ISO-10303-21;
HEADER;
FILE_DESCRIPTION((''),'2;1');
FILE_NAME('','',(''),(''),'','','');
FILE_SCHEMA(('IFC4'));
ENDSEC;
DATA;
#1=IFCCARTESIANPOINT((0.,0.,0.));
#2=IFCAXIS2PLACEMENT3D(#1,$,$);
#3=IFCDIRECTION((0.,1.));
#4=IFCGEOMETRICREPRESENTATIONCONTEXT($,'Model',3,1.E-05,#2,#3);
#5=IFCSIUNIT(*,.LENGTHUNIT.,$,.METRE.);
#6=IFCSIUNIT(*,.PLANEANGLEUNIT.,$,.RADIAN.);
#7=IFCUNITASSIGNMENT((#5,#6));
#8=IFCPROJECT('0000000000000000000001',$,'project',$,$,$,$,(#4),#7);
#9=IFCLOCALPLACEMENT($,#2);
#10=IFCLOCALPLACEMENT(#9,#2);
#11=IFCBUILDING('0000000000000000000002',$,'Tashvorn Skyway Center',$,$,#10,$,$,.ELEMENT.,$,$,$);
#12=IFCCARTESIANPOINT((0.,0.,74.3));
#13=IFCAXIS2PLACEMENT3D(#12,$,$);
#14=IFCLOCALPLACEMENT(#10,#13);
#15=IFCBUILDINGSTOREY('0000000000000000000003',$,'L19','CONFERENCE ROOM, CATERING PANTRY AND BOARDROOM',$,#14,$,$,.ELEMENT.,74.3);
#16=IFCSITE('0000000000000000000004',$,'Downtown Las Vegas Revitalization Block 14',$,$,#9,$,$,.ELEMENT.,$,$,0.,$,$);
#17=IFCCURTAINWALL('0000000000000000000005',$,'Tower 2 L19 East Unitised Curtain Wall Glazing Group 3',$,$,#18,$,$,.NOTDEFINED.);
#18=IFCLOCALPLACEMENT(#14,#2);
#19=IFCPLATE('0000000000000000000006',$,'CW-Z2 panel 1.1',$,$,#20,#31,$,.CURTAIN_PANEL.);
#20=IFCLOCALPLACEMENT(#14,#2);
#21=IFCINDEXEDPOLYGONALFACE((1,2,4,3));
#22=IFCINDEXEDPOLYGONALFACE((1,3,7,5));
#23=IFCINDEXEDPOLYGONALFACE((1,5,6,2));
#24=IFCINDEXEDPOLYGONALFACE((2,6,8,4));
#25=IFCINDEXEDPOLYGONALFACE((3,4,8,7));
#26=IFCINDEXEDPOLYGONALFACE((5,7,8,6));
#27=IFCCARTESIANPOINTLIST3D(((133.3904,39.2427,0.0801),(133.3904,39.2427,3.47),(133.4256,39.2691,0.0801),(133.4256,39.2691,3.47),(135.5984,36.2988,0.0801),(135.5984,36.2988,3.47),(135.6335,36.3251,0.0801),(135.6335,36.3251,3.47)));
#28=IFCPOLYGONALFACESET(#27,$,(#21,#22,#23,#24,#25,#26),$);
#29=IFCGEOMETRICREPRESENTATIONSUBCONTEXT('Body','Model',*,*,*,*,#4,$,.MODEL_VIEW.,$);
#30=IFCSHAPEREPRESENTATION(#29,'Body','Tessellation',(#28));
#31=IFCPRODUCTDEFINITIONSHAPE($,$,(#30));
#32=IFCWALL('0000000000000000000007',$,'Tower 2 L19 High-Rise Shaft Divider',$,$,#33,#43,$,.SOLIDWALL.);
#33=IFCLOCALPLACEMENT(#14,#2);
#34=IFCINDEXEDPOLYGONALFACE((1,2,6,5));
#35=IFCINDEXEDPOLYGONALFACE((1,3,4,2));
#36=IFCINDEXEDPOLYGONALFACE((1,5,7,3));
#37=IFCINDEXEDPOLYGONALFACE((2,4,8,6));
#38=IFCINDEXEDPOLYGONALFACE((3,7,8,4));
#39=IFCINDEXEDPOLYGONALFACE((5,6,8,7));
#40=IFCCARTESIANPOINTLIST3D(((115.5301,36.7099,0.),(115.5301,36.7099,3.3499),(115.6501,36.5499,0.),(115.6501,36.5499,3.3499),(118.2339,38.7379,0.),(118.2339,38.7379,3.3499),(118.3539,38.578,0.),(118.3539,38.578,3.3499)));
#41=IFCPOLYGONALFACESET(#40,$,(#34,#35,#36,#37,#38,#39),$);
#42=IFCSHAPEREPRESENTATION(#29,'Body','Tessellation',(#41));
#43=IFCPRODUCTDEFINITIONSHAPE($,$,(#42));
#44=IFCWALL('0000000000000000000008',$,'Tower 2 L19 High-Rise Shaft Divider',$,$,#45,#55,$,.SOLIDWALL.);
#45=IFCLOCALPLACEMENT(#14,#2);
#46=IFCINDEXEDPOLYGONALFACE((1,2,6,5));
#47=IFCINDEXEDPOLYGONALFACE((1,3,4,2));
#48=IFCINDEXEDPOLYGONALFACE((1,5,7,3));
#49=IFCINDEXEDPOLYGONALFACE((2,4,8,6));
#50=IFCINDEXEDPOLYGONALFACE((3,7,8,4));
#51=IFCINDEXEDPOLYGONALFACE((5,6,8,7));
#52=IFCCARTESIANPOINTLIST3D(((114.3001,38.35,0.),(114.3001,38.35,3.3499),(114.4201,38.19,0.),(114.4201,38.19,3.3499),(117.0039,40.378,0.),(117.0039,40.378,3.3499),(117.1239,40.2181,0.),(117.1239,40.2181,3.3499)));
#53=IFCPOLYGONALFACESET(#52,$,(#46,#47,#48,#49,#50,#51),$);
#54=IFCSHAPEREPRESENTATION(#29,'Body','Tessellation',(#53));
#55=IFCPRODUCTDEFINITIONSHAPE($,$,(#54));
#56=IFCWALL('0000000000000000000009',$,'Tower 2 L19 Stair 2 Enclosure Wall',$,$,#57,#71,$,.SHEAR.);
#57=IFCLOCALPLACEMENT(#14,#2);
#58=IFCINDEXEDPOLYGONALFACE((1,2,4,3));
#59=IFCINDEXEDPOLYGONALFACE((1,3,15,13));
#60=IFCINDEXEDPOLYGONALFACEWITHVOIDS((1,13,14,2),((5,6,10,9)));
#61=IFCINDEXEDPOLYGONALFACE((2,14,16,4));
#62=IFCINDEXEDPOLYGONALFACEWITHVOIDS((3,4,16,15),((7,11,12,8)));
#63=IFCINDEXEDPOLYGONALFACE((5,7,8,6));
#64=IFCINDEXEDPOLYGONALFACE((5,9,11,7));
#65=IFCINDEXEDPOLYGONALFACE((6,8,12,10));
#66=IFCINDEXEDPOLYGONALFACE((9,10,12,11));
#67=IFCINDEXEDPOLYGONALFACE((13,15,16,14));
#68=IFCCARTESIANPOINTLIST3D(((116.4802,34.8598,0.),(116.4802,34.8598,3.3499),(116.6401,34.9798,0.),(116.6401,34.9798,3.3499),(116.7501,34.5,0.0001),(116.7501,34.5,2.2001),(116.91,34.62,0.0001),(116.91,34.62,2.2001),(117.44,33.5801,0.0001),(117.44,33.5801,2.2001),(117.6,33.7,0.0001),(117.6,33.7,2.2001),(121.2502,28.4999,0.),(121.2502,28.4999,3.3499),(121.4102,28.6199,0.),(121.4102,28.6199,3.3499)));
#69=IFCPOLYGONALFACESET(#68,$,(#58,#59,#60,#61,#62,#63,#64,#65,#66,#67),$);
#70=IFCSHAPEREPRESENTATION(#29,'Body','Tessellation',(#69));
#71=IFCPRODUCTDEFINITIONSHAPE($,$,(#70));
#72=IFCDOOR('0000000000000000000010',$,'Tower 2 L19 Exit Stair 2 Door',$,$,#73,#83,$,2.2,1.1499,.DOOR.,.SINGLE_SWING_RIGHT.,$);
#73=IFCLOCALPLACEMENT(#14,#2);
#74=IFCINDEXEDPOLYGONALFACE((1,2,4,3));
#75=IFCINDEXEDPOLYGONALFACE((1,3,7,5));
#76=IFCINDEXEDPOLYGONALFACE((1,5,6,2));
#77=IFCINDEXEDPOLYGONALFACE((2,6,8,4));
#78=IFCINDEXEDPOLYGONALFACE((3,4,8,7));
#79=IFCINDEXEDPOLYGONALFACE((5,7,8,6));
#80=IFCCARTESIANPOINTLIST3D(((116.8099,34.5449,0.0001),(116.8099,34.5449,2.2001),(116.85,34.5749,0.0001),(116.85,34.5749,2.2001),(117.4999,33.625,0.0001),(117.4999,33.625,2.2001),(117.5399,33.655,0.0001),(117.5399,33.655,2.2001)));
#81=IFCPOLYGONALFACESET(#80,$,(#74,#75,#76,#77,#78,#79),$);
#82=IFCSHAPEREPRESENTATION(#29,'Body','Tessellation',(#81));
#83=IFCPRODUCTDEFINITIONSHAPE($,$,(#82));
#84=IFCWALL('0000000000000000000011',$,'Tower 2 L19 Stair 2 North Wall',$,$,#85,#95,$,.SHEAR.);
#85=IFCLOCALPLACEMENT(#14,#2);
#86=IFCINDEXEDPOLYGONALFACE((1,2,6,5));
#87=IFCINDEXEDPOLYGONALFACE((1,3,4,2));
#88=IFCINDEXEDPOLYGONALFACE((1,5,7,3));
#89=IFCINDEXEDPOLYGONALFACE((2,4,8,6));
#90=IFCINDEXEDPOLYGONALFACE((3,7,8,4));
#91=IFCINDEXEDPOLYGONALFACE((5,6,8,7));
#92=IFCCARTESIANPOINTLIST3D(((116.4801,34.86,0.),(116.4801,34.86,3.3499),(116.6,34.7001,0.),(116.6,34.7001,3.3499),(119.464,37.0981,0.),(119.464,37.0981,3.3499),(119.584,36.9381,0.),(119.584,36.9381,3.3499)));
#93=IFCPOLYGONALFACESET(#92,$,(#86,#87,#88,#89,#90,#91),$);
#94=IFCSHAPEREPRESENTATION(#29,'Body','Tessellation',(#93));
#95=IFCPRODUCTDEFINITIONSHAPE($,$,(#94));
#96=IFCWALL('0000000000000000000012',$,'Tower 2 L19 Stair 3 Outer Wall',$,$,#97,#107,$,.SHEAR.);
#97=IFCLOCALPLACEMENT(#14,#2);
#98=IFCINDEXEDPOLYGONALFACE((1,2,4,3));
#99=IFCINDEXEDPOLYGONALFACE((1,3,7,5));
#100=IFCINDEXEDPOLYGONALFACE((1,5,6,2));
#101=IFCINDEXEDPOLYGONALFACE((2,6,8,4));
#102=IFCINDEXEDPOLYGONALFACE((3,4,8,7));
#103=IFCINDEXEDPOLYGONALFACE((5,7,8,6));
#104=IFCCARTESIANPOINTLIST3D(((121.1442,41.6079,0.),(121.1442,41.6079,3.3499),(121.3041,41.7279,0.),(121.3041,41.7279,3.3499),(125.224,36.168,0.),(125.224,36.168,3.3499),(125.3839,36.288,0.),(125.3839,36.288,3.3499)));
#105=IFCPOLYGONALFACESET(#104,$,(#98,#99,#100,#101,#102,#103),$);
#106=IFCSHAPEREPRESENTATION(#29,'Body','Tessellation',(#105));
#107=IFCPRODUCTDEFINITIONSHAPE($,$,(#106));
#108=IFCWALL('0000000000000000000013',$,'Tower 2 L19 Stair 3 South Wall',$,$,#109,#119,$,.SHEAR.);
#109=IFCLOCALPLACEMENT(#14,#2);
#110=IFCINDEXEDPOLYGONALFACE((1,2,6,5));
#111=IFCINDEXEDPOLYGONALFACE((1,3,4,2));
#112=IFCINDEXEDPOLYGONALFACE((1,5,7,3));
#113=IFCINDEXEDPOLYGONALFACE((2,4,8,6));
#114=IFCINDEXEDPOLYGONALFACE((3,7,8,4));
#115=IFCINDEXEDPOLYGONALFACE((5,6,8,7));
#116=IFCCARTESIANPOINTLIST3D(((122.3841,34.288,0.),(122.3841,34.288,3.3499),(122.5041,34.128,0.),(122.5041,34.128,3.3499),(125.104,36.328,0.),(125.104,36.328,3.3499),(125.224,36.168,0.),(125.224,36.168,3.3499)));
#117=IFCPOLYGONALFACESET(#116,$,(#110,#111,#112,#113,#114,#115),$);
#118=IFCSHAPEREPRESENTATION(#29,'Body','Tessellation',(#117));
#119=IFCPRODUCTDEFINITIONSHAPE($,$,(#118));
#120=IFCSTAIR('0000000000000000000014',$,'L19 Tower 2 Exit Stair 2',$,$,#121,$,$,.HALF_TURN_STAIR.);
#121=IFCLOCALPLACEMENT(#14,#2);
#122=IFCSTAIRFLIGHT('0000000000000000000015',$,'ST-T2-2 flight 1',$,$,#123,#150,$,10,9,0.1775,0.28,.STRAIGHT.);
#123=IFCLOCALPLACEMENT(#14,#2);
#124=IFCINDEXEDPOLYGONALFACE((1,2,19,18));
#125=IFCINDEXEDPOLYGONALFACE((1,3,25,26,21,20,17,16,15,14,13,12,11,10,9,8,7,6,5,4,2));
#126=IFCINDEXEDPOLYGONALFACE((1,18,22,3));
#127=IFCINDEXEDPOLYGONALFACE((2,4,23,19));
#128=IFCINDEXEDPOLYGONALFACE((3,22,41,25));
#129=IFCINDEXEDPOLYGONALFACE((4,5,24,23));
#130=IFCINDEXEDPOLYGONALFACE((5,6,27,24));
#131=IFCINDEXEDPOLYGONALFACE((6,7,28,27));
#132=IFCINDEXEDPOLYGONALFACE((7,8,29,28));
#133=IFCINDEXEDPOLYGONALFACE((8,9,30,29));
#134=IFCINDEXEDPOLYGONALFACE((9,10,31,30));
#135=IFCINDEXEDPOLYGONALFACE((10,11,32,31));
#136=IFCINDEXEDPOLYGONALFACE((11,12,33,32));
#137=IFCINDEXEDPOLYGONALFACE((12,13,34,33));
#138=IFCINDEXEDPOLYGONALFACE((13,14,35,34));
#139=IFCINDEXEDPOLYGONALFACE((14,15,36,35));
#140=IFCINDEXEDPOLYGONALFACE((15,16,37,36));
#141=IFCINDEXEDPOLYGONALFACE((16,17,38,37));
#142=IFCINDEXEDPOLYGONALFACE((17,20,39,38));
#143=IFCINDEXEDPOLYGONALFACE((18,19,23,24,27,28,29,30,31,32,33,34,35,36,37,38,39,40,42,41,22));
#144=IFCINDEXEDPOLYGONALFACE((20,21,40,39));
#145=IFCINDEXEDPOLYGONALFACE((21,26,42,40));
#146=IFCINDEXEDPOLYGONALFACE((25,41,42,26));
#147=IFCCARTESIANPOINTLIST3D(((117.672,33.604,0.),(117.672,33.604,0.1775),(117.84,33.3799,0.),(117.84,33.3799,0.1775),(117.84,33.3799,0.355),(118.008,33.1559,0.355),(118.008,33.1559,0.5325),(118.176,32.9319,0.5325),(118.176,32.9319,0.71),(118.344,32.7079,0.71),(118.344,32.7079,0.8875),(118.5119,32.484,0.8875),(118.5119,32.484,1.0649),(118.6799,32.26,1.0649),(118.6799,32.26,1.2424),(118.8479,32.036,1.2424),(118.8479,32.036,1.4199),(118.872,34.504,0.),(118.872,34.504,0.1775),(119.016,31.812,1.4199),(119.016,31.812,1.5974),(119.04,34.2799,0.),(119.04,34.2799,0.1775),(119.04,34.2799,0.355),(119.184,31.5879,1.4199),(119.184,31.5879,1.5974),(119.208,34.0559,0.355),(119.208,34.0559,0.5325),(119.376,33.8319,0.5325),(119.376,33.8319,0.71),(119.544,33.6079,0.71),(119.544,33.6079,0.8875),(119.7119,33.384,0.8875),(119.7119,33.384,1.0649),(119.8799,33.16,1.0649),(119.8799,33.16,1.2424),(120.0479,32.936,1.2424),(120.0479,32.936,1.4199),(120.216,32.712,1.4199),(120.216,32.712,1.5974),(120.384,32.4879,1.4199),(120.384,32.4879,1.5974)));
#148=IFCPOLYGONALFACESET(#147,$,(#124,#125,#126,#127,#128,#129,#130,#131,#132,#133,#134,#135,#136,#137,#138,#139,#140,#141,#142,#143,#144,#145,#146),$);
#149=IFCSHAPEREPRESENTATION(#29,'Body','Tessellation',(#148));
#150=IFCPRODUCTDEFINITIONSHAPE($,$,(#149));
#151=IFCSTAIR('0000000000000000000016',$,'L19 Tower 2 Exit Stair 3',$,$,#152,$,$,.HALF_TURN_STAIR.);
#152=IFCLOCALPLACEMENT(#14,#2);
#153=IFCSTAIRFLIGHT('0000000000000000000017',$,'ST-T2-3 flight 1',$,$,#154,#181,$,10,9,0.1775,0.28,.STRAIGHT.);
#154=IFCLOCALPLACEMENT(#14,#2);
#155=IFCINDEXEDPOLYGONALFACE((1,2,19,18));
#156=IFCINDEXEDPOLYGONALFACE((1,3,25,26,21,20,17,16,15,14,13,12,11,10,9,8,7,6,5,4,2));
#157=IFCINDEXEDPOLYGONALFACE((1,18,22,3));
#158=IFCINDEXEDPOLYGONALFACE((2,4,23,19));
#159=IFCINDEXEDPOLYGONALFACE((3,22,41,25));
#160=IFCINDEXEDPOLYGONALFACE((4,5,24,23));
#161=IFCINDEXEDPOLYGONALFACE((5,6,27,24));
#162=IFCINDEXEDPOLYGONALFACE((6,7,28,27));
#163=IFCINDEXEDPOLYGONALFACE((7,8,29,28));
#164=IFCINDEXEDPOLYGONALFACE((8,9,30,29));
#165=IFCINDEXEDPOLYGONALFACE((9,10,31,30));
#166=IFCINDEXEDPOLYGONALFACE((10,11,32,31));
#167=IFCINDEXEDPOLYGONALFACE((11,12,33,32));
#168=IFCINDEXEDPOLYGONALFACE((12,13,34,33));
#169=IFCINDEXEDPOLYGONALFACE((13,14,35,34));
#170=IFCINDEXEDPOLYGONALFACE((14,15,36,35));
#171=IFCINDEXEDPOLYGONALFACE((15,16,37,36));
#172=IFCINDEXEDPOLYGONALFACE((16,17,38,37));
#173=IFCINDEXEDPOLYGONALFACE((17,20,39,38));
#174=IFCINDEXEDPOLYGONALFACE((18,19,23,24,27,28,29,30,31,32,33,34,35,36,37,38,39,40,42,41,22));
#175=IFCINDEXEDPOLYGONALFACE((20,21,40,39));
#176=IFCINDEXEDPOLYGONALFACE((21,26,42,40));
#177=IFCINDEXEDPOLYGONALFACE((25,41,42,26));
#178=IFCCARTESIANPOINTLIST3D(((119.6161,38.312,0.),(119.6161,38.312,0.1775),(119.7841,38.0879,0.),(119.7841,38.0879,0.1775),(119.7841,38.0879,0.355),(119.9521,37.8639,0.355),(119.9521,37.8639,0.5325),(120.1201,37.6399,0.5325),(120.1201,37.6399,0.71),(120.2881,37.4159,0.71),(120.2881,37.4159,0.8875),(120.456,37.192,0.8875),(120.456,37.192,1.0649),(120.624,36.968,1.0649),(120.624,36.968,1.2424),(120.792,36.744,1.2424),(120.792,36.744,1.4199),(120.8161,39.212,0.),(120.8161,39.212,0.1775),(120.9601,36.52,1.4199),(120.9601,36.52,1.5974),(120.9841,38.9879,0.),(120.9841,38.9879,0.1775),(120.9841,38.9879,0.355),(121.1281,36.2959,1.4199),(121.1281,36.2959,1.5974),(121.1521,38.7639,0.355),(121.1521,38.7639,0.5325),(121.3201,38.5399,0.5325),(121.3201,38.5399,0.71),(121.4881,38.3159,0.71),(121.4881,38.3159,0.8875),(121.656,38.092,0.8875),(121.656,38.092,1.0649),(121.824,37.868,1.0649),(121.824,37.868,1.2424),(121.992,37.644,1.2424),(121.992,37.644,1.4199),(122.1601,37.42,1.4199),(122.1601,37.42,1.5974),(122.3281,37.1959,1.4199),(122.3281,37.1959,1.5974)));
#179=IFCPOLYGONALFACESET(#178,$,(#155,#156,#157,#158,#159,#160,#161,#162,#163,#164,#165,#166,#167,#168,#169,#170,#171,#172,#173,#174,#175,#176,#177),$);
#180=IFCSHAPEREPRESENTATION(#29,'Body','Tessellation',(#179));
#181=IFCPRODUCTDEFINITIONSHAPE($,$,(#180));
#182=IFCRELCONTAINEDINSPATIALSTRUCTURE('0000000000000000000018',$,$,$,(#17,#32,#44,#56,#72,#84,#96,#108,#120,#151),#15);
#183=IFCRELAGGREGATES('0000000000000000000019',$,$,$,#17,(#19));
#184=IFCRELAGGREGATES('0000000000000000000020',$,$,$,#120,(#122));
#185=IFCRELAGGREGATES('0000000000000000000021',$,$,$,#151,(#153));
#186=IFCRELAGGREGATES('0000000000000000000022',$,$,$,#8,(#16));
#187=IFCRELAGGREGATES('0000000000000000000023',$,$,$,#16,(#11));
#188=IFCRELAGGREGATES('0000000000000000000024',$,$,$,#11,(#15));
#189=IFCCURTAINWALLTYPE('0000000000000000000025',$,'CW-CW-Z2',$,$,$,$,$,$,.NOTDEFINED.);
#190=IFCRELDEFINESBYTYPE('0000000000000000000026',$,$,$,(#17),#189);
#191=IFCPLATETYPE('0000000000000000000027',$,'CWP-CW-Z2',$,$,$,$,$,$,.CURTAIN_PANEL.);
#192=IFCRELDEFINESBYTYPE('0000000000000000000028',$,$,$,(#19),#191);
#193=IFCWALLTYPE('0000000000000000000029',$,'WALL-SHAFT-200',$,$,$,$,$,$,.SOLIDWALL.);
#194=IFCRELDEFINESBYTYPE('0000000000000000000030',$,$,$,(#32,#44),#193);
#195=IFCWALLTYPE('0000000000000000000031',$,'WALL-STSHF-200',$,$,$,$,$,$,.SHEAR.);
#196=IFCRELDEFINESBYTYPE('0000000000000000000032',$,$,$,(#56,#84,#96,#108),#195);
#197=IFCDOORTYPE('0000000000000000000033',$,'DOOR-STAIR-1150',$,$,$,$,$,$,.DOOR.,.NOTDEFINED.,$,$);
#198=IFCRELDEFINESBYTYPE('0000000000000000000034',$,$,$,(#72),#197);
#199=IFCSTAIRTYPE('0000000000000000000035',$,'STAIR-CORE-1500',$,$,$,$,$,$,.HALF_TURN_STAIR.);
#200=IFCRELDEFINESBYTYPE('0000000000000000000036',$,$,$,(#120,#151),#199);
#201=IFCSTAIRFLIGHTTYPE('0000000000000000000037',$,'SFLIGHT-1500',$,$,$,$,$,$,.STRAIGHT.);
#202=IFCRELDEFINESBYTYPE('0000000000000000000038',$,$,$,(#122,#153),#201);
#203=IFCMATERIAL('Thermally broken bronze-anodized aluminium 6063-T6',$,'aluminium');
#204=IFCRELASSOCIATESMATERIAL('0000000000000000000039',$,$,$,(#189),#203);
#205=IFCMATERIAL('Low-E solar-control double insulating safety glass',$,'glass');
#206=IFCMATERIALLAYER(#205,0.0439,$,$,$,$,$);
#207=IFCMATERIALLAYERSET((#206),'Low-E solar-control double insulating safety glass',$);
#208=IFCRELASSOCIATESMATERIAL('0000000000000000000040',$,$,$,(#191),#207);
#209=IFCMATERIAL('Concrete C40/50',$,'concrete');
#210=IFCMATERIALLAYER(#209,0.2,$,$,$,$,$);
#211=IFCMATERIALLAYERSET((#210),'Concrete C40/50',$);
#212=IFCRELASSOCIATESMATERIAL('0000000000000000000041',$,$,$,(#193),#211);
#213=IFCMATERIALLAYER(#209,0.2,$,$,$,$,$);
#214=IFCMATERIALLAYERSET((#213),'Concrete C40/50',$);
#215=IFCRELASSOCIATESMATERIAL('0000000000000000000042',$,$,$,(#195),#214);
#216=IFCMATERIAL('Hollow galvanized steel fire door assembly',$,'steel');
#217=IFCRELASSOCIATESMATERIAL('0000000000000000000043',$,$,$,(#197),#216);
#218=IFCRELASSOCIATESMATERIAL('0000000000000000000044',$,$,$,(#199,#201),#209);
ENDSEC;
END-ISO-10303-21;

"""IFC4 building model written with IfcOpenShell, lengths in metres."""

from ifc_helpers import new_model, si_unit, direction, frame, frame_2d, origin, origin_2d, place, context, subcontext, project, spatial, polyline, rectangle, outline, extrude, material, layer, layer_set, type_object, element, fill, aggregate, save


model = new_model("IFC4")

# Units and contexts
model_context = context("Model", 3, precision=1e-05, world=origin(), true_north=direction((0.0, 1.0)))
body_context = subcontext(model_context, "Body", "Model", "MODEL_VIEW")
ifc_project = project(units=[si_unit("LENGTHUNIT", "METRE"), si_unit("PLANEANGLEUNIT", "RADIAN")], contexts=[model_context])

# Site, building, storey
site_placement = place(None, origin())
site = spatial("IfcSite", under=ifc_project, at=site_placement, Name="Downtown Las Vegas Revitalization Block 14", CompositionType="ELEMENT", RefElevation=0.0)
building_placement = place(site_placement, origin())
building = spatial("IfcBuilding", under=site, at=building_placement, Name="Tashvorn Skyway Center", CompositionType="ELEMENT")
storey_placement = place(building_placement, frame((0.0, 0.0, 74.3)))
storey = spatial("IfcBuildingStorey", under=building, at=storey_placement, Name="L19", Description="CONFERENCE ROOM, CATERING PANTRY AND BOARDROOM", CompositionType="ELEMENT", Elevation=74.3)

# Shared definitions
ifc_material_1 = material(Name="Thermally broken bronze-anodized aluminium 6063-T6", Category="aluminium")
curtain_wall_type = type_object("IfcCurtainWallType", Name="CW-CW-Z2", PredefinedType="NOTDEFINED", material=ifc_material_1)

# Curtain wall, plate
curtain_wall_1_placement = place(storey_placement, origin())
curtain_wall_1 = element("IfcCurtainWall", 1, at=curtain_wall_1_placement, inside=storey, type_object=curtain_wall_type, Name="Tower 2 L19 East Unitised Curtain Wall Glazing Group 3", PredefinedType="NOTDEFINED")
ifc_material_2 = material(Name="Low-E solar-control double insulating safety glass", Category="glass")
ifc_layer_1 = layer(ifc_material_2, 0.0439)
ifc_layer_set_1 = layer_set([ifc_layer_1], Name="Low-E solar-control double insulating safety glass")
plate_type = type_object("IfcPlateType", Name="CWP-CW-Z2", PredefinedType="CURTAIN_PANEL", material=ifc_layer_set_1)
plate_placement = place(storey_placement, frame((134.512, 37.7839, 0.0801), z_axis=(0.0, 0.0, 1.0), x_axis=(0.6, -0.8, 0.0)))
plate = element("IfcPlate", 2, at=plate_placement, type_object=plate_type, Name="CW-Z2 panel 1.1", PredefinedType="CURTAIN_PANEL", context=body_context, shape_type="SweptSolid", body=[
    extrude(rectangle(XDim=3.6799, YDim=0.0439, at=origin_2d()), origin(), (0.0, 0.0, 1.0), 3.3899),
])
aggregate(curtain_wall_1, [plate])

# Walls
ifc_material_3 = material(Name="Concrete C40/50", Category="concrete")
ifc_layer_2 = layer(ifc_material_3, 0.2)
ifc_layer_set_2 = layer_set([ifc_layer_2], Name="Concrete C40/50")
wall_type_1 = type_object("IfcWallType", Name="WALL-SHAFT-200", PredefinedType="SOLIDWALL", material=ifc_layer_set_2)
for number, where, z_axis, x_axis, name in (
    (3, (115.5901, 36.6299, 0.0), (0.0, 0.0, 1.0), (0.799974, 0.600035, 0.0), "Tower 2 L19 High-Rise Shaft Divider"),
    (4, (114.3601, 38.27, 0.0), (0.0, 0.0, 1.0), (0.799974, 0.600035, 0.0), "Tower 2 L19 High-Rise Shaft Divider"),
):
    element("IfcWall", number, at=place(storey_placement, frame(where, z_axis=z_axis, x_axis=x_axis)), inside=storey, type_object=wall_type_1, Name=name, PredefinedType="SOLIDWALL", context=body_context, shape_type="SweptSolid", body=[
        extrude(rectangle(XDim=3.3799, YDim=0.2, at=frame_2d((1.6899, 0.0))), origin(), (0.0, 0.0, 1.0), 3.3499),
    ])

# Wall, opening, door
ifc_layer_3 = layer(ifc_material_3, 0.2)
ifc_layer_set_3 = layer_set([ifc_layer_3], Name="Concrete C40/50")
wall_type_2 = type_object("IfcWallType", Name="WALL-STSHF-200", PredefinedType="SHEAR", material=ifc_layer_set_3)
wall_1_placement = place(storey_placement, frame((116.5601, 34.9199, 0.0), z_axis=(0.0, 0.0, 1.0), x_axis=(0.60001, -0.799993, 0.0)))
wall_1 = element("IfcWall", 5, at=wall_1_placement, inside=storey, type_object=wall_type_2, Name="Tower 2 L19 Stair 2 Enclosure Wall", PredefinedType="SHEAR", context=body_context, shape_type="SweptSolid", body=[
    extrude(rectangle(XDim=7.95, YDim=0.2, at=frame_2d((3.9751, 0.0))), origin(), (0.0, 0.0, 1.0), 3.3499),
])
opening_placement = place(wall_1_placement, frame((0.45, 0.0, 0.0)))
opening = element("IfcOpeningElement", 6, at=opening_placement, cuts=wall_1, PredefinedType="OPENING", context=body_context, shape_type="SweptSolid", body=[
    extrude(rectangle(XDim=1.1499, YDim=2.2, at=frame_2d((0.575, 1.1001))), frame((0.0, 0.1099, 0.0), z_axis=(0.0, -1.0, 0.0), x_axis=(1.0, 0.0, 0.0)), (0.0, 0.0, 1.0), 0.22),
])
ifc_material_4 = material(Name="Hollow galvanized steel fire door assembly", Category="steel")
door_type = type_object("IfcDoorType", Name="DOOR-STAIR-1150", OperationType="NOTDEFINED", PredefinedType="DOOR", material=ifc_material_4)
door_placement = place(opening_placement, origin())
door = element("IfcDoor", 7, at=door_placement, inside=storey, type_object=door_type, Name="Tower 2 L19 Exit Stair 2 Door", OperationType="SINGLE_SWING_RIGHT", OverallHeight=2.2, OverallWidth=1.1499, PredefinedType="DOOR", context=body_context, shape_type="SweptSolid", body=[
    extrude(rectangle(XDim=1.1499, YDim=2.2, at=frame_2d((0.575, 1.1001))), frame((0.0, 0.0249, 0.0), z_axis=(0.0, -1.0, 0.0), x_axis=(1.0, 0.0, 0.0)), (0.0, 0.0, 1.0), 0.05),
])
fill(opening, door)

# Walls
wall_2_placement = place(storey_placement, frame((116.54, 34.78, 0.0), z_axis=(0.0, 0.0, 1.0), x_axis=(0.799984, 0.600021, 0.0)))
element("IfcWall", 8, at=wall_2_placement, inside=storey, type_object=wall_type_2, Name="Tower 2 L19 Stair 2 North Wall", PredefinedType="SHEAR", context=body_context, shape_type="SweptSolid", body=[
    extrude(rectangle(XDim=3.73, YDim=0.2, at=frame_2d((1.865, 0.0))), origin(), (0.0, 0.0, 1.0), 3.3499),
])
wall_3_placement = place(storey_placement, frame((125.304, 36.228, 0.0), z_axis=(0.0, 0.0, 1.0), x_axis=(-0.599989, 0.800009, 0.0)))
element("IfcWall", 9, at=wall_3_placement, inside=storey, type_object=wall_type_2, Name="Tower 2 L19 Stair 3 Outer Wall", PredefinedType="SHEAR", context=body_context, shape_type="SweptSolid", body=[
    extrude(rectangle(XDim=6.7998, YDim=0.2, at=frame_2d((3.3999, 0.0))), origin(), (0.0, 0.0, 1.0), 3.3499),
])
wall_4_placement = place(storey_placement, frame((122.4441, 34.208, 0.0), z_axis=(0.0, 0.0, 1.0), x_axis=(0.799991, 0.600011, 0.0)))
element("IfcWall", 10, at=wall_4_placement, inside=storey, type_object=wall_type_2, Name="Tower 2 L19 Stair 3 South Wall", PredefinedType="SHEAR", context=body_context, shape_type="SweptSolid", body=[
    extrude(rectangle(XDim=3.3999, YDim=0.2, at=frame_2d((1.7, 0.0))), origin(), (0.0, 0.0, 1.0), 3.3499),
])

# Stair, stair flight
stair_type = type_object("IfcStairType", Name="STAIR-CORE-1500", PredefinedType="HALF_TURN_STAIR", material=ifc_material_3)
stair_1_placement = place(storey_placement, origin())
stair_1 = element("IfcStair", 11, at=stair_1_placement, inside=storey, type_object=stair_type, Name="L19 Tower 2 Exit Stair 2", PredefinedType="HALF_TURN_STAIR")
stair_flight_type = type_object("IfcStairFlightType", Name="SFLIGHT-1500", PredefinedType="STRAIGHT", material=ifc_material_3)
stair_flight_1_placement = place(storey_placement, frame((118.272, 34.054, 0.0), z_axis=(0.0, 0.0, 1.0), x_axis=(0.6, -0.8, 0.0)))
stair_flight_1 = element("IfcStairFlight", 12, at=stair_flight_1_placement, type_object=stair_flight_type, Name="ST-T2-2 flight 1", NumberOfRisers=10, NumberOfTreads=9, PredefinedType="STRAIGHT", RiserHeight=0.1775, TreadLength=0.28, context=body_context, shape_type="SweptSolid", body=[
    extrude(outline(polyline([(0.0, 0.0), (0.0, 0.1775), (0.28, 0.1775), (0.28, 0.355), (0.5601, 0.355), (0.5601, 0.5325), (0.8401, 0.5325), (0.8401, 0.71), (1.1201, 0.71), (1.1201, 0.8875), (1.3999, 0.8875), (1.3999, 1.0649), (1.6799, 1.0649), (1.6799, 1.2424), (1.96, 1.2424), (1.96, 1.4199), (2.24, 1.4199), (2.24, 1.5974), (2.52, 1.5974), (2.52, 1.7749), (2.52, 1.4199), (0.28, 0.0), (0.0, 0.0)])), frame((0.0, 0.75, 0.0), z_axis=(0.0, -1.0, 0.0), x_axis=(1.0, 0.0, 0.0)), (0.0, 0.0, 1.0), 1.5),
])
aggregate(stair_1, [stair_flight_1])

# Stair, stair flight
stair_2_placement = place(storey_placement, origin())
stair_2 = element("IfcStair", 13, at=stair_2_placement, inside=storey, type_object=stair_type, Name="L19 Tower 2 Exit Stair 3", PredefinedType="HALF_TURN_STAIR")
stair_flight_2_placement = place(storey_placement, frame((120.2161, 38.762, 0.0), z_axis=(0.0, 0.0, 1.0), x_axis=(0.6, -0.8, 0.0)))
stair_flight_2 = element("IfcStairFlight", 14, at=stair_flight_2_placement, type_object=stair_flight_type, Name="ST-T2-3 flight 1", NumberOfRisers=10, NumberOfTreads=9, PredefinedType="STRAIGHT", RiserHeight=0.1775, TreadLength=0.28, context=body_context, shape_type="SweptSolid", body=[
    extrude(outline(polyline([(0.0, 0.0), (0.0, 0.1775), (0.28, 0.1775), (0.28, 0.355), (0.5601, 0.355), (0.5601, 0.5325), (0.8401, 0.5325), (0.8401, 0.71), (1.1201, 0.71), (1.1201, 0.8875), (1.3999, 0.8875), (1.3999, 1.0649), (1.6799, 1.0649), (1.6799, 1.2424), (1.96, 1.2424), (1.96, 1.4199), (2.24, 1.4199), (2.24, 1.5974), (2.52, 1.5974), (2.52, 1.7749), (2.52, 1.4199), (0.28, 0.0), (0.0, 0.0)])), frame((0.0, 0.75, 0.0), z_axis=(0.0, -1.0, 0.0), x_axis=(1.0, 0.0, 0.0)), (0.0, 0.0, 1.0), 1.5),
])
aggregate(stair_2, [stair_flight_2])

save(model, "model.ifc")
